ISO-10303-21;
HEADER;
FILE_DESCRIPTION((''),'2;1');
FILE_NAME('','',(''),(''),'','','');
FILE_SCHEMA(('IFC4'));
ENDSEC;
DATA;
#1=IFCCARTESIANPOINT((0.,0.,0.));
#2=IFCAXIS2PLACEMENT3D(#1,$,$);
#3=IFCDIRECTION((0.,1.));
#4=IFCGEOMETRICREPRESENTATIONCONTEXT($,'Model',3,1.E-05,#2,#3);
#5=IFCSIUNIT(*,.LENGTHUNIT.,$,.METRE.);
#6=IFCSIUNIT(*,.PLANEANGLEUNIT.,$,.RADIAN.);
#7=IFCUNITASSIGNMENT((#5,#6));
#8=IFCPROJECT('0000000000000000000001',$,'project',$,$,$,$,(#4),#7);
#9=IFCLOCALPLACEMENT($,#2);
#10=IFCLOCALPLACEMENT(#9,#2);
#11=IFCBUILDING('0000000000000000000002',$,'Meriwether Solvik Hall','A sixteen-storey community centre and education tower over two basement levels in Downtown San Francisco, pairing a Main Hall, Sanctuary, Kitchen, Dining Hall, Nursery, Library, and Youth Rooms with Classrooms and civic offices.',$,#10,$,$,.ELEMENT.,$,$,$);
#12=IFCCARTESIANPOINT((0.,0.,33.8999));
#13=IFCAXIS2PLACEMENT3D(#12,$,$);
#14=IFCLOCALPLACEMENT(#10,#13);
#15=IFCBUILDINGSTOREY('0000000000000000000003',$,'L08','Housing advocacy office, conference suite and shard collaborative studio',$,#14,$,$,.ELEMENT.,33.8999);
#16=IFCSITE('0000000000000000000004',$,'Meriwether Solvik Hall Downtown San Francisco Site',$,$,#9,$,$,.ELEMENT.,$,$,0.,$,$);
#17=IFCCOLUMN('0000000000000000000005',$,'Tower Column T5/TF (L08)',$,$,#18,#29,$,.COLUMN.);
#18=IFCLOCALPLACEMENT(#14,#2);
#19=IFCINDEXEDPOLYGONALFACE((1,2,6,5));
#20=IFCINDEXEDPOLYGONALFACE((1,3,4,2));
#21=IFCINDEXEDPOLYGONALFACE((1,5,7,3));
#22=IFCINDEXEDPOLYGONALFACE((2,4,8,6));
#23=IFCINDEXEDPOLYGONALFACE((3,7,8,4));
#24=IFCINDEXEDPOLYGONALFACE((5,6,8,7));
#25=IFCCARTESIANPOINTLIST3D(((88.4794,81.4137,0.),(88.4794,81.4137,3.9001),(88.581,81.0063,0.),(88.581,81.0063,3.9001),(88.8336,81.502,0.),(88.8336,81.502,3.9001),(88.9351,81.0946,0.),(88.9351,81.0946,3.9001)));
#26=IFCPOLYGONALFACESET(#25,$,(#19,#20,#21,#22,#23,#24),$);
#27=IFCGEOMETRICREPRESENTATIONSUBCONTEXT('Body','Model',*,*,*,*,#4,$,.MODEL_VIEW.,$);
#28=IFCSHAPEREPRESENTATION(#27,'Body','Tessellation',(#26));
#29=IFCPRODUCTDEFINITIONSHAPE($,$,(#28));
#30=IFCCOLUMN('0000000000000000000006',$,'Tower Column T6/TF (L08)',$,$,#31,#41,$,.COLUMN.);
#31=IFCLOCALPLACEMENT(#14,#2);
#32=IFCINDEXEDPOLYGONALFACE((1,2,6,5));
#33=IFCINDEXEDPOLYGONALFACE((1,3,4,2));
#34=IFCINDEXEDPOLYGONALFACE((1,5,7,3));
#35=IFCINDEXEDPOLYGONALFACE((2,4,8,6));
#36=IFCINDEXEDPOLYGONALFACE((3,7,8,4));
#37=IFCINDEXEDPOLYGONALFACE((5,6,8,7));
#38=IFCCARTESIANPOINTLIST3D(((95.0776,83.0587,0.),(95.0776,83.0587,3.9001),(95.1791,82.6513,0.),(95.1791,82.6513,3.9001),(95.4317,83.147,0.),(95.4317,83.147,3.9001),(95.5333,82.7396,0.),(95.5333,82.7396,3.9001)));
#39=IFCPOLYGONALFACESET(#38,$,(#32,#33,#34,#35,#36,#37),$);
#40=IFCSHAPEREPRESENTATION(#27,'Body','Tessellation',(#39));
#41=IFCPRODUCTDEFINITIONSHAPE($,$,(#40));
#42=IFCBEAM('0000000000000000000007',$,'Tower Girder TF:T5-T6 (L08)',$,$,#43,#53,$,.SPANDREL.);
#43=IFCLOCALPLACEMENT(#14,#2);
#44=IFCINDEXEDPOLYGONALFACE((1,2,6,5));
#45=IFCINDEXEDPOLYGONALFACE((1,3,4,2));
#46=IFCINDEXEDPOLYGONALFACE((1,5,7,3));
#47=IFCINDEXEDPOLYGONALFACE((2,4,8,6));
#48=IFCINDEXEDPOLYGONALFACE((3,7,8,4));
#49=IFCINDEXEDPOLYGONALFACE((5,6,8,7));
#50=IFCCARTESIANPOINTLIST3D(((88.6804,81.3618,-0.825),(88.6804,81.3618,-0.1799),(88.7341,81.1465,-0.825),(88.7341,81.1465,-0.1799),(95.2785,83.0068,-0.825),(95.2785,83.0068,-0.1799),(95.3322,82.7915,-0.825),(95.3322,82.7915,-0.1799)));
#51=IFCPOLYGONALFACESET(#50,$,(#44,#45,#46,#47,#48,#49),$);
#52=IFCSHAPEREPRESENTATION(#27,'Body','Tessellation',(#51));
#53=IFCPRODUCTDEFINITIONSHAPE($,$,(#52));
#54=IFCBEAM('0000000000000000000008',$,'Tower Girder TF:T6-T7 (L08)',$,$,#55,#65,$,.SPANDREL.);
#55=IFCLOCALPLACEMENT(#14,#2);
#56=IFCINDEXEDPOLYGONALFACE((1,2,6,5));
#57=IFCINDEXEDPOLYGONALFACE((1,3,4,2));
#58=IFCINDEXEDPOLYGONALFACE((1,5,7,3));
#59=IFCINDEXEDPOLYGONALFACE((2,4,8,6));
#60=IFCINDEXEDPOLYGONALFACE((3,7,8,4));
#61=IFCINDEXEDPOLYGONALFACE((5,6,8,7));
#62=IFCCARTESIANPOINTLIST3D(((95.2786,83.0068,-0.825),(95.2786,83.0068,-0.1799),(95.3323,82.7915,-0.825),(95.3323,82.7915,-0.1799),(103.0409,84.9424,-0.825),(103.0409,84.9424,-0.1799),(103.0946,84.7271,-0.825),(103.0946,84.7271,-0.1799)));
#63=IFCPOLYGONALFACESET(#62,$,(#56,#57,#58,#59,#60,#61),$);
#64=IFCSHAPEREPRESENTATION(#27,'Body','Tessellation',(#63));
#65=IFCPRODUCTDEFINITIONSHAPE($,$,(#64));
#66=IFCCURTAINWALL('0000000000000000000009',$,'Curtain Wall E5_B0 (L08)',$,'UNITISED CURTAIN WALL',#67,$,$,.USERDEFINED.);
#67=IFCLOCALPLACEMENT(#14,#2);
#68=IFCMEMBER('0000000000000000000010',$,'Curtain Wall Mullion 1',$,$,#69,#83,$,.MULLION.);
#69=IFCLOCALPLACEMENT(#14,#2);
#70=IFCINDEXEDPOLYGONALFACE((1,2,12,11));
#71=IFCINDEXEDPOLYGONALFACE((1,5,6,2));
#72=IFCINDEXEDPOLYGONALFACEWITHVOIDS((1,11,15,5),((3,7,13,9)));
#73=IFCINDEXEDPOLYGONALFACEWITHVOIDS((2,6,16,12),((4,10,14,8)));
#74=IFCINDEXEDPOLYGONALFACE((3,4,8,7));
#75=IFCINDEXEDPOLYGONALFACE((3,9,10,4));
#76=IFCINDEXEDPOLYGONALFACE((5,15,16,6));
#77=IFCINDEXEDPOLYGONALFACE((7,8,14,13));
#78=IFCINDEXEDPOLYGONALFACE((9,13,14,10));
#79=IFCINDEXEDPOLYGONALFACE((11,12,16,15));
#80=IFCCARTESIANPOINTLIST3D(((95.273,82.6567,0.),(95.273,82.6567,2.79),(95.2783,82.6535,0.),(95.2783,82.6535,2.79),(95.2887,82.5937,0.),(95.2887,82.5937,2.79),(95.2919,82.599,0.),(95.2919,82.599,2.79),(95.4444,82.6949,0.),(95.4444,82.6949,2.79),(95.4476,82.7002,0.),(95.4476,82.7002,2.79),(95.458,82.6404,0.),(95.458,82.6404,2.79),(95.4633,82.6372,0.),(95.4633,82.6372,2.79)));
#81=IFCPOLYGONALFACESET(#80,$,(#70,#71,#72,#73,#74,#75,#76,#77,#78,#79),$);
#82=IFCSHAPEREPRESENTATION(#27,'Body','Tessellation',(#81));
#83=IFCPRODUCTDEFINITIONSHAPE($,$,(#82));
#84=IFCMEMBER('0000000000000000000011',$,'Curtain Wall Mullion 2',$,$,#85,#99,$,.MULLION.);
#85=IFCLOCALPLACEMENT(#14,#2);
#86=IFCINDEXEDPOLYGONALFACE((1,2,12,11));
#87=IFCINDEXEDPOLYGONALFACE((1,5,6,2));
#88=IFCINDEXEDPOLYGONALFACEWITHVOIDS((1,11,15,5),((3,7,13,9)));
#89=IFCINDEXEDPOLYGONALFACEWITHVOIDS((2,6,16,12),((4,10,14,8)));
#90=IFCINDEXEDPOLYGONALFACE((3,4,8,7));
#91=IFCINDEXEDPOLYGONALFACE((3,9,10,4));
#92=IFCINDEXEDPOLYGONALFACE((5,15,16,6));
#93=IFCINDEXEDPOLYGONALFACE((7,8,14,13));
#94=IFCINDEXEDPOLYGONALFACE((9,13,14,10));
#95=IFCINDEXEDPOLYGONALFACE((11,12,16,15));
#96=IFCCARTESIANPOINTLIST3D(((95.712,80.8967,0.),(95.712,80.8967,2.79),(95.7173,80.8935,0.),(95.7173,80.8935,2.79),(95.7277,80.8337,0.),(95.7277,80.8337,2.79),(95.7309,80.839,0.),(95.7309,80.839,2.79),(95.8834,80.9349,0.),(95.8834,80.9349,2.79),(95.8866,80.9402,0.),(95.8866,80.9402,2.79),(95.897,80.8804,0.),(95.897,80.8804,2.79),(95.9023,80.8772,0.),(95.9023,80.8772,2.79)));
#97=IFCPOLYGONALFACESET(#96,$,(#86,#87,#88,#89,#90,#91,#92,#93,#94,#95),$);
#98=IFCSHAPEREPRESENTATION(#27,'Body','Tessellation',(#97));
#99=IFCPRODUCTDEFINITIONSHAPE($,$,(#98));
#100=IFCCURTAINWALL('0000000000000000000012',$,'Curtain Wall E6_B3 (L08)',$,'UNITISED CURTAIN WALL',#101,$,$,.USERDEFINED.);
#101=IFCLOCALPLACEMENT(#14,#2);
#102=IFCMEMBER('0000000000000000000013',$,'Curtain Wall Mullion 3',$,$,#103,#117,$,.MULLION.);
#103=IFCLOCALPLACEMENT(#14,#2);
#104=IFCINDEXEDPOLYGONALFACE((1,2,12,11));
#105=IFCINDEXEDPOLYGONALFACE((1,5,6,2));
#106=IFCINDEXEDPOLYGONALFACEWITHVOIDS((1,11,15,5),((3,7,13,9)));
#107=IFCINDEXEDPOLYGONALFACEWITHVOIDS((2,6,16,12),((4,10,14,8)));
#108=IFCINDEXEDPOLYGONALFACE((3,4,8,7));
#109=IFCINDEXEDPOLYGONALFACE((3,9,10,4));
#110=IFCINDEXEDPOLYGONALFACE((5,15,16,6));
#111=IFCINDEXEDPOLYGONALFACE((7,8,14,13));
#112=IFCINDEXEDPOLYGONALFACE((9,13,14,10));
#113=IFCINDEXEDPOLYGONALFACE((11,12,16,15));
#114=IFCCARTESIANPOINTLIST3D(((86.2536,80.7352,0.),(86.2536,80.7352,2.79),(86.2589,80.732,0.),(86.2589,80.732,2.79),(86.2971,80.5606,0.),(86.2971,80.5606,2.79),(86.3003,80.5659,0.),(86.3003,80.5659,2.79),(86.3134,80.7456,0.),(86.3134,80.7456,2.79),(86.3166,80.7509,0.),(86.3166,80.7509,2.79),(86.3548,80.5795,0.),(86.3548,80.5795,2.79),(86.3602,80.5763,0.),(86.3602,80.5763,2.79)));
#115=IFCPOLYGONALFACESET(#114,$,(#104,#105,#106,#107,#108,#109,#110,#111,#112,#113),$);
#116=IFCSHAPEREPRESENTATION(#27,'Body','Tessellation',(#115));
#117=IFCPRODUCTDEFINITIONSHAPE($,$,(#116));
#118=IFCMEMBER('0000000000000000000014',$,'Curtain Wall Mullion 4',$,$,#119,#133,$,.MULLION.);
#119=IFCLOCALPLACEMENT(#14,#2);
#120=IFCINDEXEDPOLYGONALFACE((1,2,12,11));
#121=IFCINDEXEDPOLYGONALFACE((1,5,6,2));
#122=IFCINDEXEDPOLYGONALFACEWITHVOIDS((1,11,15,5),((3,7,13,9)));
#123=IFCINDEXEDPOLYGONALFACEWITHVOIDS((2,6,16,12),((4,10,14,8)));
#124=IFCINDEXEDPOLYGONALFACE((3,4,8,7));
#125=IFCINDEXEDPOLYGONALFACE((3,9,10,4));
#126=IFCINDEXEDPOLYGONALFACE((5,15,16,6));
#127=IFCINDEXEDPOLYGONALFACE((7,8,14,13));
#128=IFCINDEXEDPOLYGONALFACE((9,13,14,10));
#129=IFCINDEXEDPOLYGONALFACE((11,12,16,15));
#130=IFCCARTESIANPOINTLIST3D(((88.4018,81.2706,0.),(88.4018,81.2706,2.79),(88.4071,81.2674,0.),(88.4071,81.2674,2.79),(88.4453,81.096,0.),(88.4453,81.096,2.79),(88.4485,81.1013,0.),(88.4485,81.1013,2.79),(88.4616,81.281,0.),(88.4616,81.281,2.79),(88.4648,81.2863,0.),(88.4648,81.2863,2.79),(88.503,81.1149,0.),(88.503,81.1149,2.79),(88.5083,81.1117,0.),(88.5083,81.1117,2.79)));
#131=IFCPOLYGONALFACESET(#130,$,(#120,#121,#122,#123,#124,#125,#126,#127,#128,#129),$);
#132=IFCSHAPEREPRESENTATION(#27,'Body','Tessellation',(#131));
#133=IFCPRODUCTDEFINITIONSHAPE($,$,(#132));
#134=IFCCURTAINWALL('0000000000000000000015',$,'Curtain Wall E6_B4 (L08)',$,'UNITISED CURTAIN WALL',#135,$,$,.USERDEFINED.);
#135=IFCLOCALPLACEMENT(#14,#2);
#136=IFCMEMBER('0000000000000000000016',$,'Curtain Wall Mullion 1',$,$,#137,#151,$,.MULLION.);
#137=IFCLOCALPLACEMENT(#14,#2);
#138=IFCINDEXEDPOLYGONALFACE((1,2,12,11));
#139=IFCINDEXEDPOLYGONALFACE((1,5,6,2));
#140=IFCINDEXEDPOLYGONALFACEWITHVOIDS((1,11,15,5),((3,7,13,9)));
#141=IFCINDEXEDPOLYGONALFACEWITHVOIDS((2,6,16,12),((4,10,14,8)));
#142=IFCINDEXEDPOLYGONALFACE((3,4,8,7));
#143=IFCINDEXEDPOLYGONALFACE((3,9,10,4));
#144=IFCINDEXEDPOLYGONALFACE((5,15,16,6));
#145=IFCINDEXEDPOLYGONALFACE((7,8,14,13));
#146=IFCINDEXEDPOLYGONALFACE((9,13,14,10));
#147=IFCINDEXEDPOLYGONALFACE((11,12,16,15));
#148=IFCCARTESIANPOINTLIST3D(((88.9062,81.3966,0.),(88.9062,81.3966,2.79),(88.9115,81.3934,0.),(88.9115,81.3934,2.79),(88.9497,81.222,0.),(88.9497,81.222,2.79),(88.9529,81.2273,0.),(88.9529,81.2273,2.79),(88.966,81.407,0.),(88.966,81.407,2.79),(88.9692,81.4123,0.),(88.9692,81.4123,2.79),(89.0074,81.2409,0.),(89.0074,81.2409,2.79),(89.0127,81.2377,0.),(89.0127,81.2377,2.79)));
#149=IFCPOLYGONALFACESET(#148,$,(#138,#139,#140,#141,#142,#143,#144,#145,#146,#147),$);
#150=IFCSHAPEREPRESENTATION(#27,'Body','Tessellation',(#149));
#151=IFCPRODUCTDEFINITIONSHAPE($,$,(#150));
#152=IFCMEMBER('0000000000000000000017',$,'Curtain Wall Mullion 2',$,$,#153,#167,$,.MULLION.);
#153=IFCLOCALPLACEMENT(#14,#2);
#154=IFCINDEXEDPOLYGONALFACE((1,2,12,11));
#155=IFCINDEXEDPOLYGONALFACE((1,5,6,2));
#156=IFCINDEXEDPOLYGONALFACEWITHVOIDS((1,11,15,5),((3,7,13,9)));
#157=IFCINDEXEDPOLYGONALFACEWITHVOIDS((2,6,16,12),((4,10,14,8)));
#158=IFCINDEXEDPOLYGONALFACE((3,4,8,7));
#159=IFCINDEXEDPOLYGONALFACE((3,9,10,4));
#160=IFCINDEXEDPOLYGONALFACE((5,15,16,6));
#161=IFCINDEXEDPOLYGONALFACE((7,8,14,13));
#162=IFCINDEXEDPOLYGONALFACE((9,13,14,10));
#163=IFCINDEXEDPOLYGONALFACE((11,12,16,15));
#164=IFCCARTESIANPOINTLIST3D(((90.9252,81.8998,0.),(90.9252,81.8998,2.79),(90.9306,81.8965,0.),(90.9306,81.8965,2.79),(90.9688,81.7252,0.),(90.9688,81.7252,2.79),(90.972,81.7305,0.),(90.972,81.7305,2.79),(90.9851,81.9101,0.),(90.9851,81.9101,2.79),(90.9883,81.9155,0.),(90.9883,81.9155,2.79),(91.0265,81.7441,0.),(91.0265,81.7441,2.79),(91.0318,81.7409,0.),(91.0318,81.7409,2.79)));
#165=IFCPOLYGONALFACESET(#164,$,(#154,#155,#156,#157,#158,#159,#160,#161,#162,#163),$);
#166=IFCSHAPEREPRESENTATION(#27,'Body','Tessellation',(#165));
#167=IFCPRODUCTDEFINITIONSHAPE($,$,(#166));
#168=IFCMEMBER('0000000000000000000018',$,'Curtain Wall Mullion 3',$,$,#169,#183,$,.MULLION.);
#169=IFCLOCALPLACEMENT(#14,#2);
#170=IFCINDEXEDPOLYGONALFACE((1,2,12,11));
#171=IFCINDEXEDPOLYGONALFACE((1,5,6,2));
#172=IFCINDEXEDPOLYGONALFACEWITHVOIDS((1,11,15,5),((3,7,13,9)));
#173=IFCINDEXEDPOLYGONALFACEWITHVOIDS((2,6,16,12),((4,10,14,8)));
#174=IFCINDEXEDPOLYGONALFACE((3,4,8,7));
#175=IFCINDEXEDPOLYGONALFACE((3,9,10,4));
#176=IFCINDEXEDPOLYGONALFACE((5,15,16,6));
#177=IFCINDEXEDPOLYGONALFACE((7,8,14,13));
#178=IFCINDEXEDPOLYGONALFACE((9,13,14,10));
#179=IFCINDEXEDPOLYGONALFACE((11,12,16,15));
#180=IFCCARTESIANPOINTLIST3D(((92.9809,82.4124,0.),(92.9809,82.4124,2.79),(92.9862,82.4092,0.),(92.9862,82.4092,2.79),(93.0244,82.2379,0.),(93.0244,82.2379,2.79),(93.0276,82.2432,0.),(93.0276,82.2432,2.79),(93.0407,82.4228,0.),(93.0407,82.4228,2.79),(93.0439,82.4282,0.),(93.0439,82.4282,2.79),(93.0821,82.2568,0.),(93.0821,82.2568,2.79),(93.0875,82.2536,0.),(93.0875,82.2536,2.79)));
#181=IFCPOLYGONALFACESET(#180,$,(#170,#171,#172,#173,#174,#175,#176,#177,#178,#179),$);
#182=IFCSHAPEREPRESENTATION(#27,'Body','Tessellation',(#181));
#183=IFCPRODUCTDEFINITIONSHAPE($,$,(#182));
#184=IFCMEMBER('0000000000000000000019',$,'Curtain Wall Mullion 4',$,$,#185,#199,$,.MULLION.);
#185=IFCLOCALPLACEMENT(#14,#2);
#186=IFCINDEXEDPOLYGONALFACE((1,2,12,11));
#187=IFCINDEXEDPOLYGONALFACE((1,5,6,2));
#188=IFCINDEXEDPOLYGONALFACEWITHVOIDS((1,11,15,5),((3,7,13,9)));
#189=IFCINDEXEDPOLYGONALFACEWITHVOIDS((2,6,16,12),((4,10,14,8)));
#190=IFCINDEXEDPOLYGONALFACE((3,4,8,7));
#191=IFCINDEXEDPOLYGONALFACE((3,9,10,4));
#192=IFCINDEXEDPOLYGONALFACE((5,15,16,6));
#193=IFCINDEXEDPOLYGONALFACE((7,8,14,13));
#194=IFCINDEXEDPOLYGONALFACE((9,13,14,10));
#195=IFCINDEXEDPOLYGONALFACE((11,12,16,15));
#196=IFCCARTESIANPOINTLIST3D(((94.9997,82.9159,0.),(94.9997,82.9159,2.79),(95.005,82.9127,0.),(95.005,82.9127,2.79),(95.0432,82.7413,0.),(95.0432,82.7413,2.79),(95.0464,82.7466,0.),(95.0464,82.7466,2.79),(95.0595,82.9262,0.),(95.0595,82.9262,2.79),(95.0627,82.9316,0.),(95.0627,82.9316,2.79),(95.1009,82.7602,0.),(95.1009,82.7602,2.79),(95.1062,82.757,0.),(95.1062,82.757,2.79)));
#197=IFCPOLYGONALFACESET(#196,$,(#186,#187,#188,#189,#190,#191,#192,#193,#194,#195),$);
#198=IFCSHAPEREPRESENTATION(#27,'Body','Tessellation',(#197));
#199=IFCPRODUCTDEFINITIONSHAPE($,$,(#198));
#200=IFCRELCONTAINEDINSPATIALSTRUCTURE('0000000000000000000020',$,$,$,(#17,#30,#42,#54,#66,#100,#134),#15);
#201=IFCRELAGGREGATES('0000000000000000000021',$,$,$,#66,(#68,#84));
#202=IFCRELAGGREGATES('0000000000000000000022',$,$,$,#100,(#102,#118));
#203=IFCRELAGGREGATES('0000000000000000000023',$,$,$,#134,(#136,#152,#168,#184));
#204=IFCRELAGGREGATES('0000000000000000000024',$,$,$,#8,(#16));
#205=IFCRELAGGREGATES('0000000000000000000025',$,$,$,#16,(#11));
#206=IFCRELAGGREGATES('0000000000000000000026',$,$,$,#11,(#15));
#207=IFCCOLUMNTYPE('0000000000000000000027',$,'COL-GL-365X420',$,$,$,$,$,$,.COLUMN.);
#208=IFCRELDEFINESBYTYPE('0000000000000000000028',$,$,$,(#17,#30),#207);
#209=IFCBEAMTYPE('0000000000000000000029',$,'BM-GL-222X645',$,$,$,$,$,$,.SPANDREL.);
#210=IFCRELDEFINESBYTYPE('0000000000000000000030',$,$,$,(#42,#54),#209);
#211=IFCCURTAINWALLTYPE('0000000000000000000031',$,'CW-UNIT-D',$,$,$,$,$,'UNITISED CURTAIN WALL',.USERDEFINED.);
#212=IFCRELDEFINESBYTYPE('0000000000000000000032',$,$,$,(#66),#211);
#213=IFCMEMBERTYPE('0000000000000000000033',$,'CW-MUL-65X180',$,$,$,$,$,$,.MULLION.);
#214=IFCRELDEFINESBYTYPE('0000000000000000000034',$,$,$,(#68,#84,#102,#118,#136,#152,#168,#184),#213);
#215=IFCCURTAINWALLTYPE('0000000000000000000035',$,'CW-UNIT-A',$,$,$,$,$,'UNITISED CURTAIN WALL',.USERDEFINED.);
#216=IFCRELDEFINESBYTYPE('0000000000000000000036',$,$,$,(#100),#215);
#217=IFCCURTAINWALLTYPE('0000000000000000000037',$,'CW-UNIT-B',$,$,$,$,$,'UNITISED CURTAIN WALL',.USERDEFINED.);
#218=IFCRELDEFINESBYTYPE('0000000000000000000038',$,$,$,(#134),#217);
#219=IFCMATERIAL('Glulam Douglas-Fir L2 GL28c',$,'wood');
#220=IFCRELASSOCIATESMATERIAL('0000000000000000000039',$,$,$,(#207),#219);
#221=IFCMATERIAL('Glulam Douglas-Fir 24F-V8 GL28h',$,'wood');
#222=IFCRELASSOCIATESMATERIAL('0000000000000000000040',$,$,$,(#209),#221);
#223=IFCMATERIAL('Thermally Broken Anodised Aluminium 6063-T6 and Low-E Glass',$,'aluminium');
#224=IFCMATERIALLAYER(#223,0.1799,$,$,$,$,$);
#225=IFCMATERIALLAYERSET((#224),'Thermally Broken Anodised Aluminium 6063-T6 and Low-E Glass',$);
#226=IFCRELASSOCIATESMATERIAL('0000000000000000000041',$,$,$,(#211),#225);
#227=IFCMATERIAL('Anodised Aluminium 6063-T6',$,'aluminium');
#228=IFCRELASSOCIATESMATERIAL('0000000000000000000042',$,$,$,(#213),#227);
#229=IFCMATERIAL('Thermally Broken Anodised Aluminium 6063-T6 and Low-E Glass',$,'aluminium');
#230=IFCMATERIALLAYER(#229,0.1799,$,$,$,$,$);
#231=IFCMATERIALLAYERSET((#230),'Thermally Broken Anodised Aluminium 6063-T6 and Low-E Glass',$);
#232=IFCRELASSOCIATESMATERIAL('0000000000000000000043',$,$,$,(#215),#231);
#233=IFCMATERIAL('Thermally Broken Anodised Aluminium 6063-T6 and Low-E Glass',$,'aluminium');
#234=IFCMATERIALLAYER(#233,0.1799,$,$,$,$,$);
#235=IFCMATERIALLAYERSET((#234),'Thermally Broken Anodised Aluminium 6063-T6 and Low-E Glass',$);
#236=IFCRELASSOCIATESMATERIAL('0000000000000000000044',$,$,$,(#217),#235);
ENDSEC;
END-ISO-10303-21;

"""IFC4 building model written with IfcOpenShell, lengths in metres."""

from ifc_helpers import new_model, si_unit, direction, frame, origin, origin_2d, place, context, subcontext, project, spatial, rectangle, hollow_rectangle, extrude, material, layer, layer_set, material_profile, profile_set, type_object, element, aggregate, save


model = new_model("IFC4")

# Units and contexts
model_context = context("Model", 3, precision=1e-05, world=origin(), true_north=direction((0.0, 1.0)))
body_context = subcontext(model_context, "Body", "Model", "MODEL_VIEW")
ifc_project = project(units=[si_unit("LENGTHUNIT", "METRE"), si_unit("PLANEANGLEUNIT", "RADIAN")], contexts=[model_context])

# Site, building, storey
site_placement = place(None, origin())
site = spatial("IfcSite", under=ifc_project, at=site_placement, Name="Meriwether Solvik Hall Downtown San Francisco Site", CompositionType="ELEMENT", RefElevation=0.0)
building_placement = place(site_placement, origin())
building = spatial("IfcBuilding", under=site, at=building_placement, Name="Meriwether Solvik Hall", Description="A sixteen-storey community centre and education tower over two basement levels in Downtown San Francisco, pairing a Main Hall, Sanctuary, Kitchen, Dining Hall, Nursery, Library, and Youth Rooms with Classrooms and civic offices.", CompositionType="ELEMENT")
storey_placement = place(building_placement, frame((0.0, 0.0, 33.8999)))
storey = spatial("IfcBuildingStorey", under=building, at=storey_placement, Name="L08", Description="Housing advocacy office, conference suite and shard collaborative studio", CompositionType="ELEMENT", Elevation=33.8999)

# Columns
ifc_material_1 = material(Name="Glulam Douglas-Fir L2 GL28c", Category="wood")
ifc_material_profile_1 = material_profile(ifc_material_1, rectangle(XDim=0.365, YDim=0.4199, at=origin_2d()), Name="GLC-365X420")
ifc_profile_set_1 = profile_set([ifc_material_profile_1], Name="Glulam Douglas-Fir L2 GL28c")
column_type = type_object("IfcColumnType", Name="COL-GL-365X420", PredefinedType="COLUMN", material=ifc_profile_set_1)
for number, where, z_axis, x_axis, name in (
    (1, (88.7073, 81.2542, 0.0), (0.0, 0.0, 1.0), (0.970296, 0.241922, 0.0), "Tower Column T5/TF (L08)"),
    (2, (95.3054, 82.8992, 0.0), (0.0, 0.0, 1.0), (0.970296, 0.241922, 0.0), "Tower Column T6/TF (L08)"),
):
    element("IfcColumn", number, at=place(storey_placement, frame(where, z_axis=z_axis, x_axis=x_axis)), inside=storey, type_object=column_type, Name=name, PredefinedType="COLUMN", context=body_context, shape_type="SweptSolid", body=[
        extrude(rectangle(XDim=0.365, YDim=0.4199, at=origin_2d()), origin(), (0.0, 0.0, 1.0), 3.9001),
    ])

# Beams
ifc_material_2 = material(Name="Glulam Douglas-Fir 24F-V8 GL28h", Category="wood")
ifc_material_profile_2 = material_profile(ifc_material_2, rectangle(XDim=0.2219, YDim=0.645, at=origin_2d()), Name="GLB-222X645")
ifc_profile_set_2 = profile_set([ifc_material_profile_2], Name="Glulam Douglas-Fir 24F-V8 GL28h")
beam_type = type_object("IfcBeamType", Name="BM-GL-222X645", PredefinedType="SPANDREL", material=ifc_profile_set_2)
beam_1_placement = place(storey_placement, frame((88.7073, 81.2542, -0.5024), z_axis=(0.970299, 0.24191, 0.0), x_axis=(-0.24191, 0.970299, 0.0)))
element("IfcBeam", 3, at=beam_1_placement, inside=storey, type_object=beam_type, Name="Tower Girder TF:T5-T6 (L08)", PredefinedType="SPANDREL", context=body_context, shape_type="SweptSolid", body=[
    extrude(rectangle(XDim=0.2219, YDim=0.645, at=origin_2d()), origin(), (0.0, 0.0, 1.0), 6.8),
])
beam_2_placement = place(storey_placement, frame((95.3054, 82.8992, -0.5024), z_axis=(0.97029, 0.241947, 0.0), x_axis=(-0.241947, 0.97029, 0.0)))
element("IfcBeam", 4, at=beam_2_placement, inside=storey, type_object=beam_type, Name="Tower Girder TF:T6-T7 (L08)", PredefinedType="SPANDREL", context=body_context, shape_type="SweptSolid", body=[
    extrude(rectangle(XDim=0.2219, YDim=0.645, at=origin_2d()), origin(), (0.0, 0.0, 1.0), 8.0),
])

# Curtain walls, members
ifc_material_3 = material(Name="Thermally Broken Anodised Aluminium 6063-T6 and Low-E Glass", Category="aluminium")
ifc_layer_1 = layer(ifc_material_3, 0.1799)
ifc_layer_set_1 = layer_set([ifc_layer_1], Name="Thermally Broken Anodised Aluminium 6063-T6 and Low-E Glass")
curtain_wall_type_1 = type_object("IfcCurtainWallType", Name="CW-UNIT-D", ElementType="UNITISED CURTAIN WALL", PredefinedType="USERDEFINED", material=ifc_layer_set_1)
curtain_wall_1_placement = place(storey_placement, origin())
curtain_wall_1 = element("IfcCurtainWall", 5, at=curtain_wall_1_placement, inside=storey, type_object=curtain_wall_type_1, Name="Curtain Wall E5_B0 (L08)", ObjectType="UNITISED CURTAIN WALL", PredefinedType="USERDEFINED")
ifc_material_4 = material(Name="Anodised Aluminium 6063-T6", Category="aluminium")
ifc_material_profile_3 = material_profile(ifc_material_4, hollow_rectangle(XDim=0.0649, YDim=0.1799, WallThickness=0.0044, at=origin_2d()), Name="CWM-65X180")
ifc_profile_set_3 = profile_set([ifc_material_profile_3], Name="Anodised Aluminium 6063-T6")
member_type_1 = type_object("IfcMemberType", Name="CW-MUL-65X180", PredefinedType="MULLION", material=ifc_profile_set_3)
member_1_placement = place(storey_placement, frame((95.3682, 82.647, 0.0), z_axis=(0.0, 0.0, 1.0), x_axis=(0.241922, -0.970296, 0.0)))
member_1 = element("IfcMember", 6, at=member_1_placement, type_object=member_type_1, Name="Curtain Wall Mullion 1", PredefinedType="MULLION", context=body_context, shape_type="SweptSolid", body=[
    extrude(hollow_rectangle(XDim=0.0649, YDim=0.1799, WallThickness=0.0044, at=origin_2d()), origin(), (0.0, 0.0, 1.0), 2.79),
])
member_2_placement = place(storey_placement, frame((95.8071, 80.887, 0.0), z_axis=(0.0, 0.0, 1.0), x_axis=(0.241922, -0.970296, 0.0)))
member_2 = element("IfcMember", 7, at=member_2_placement, type_object=member_type_1, Name="Curtain Wall Mullion 2", PredefinedType="MULLION", context=body_context, shape_type="SweptSolid", body=[
    extrude(hollow_rectangle(XDim=0.0649, YDim=0.1799, WallThickness=0.0044, at=origin_2d()), origin(), (0.0, 0.0, 1.0), 2.79),
])
ifc_material_5 = material(Name="Thermally Broken Anodised Aluminium 6063-T6 and Low-E Glass", Category="aluminium")
ifc_layer_2 = layer(ifc_material_5, 0.1799)
ifc_layer_set_2 = layer_set([ifc_layer_2], Name="Thermally Broken Anodised Aluminium 6063-T6 and Low-E Glass")
curtain_wall_type_2 = type_object("IfcCurtainWallType", Name="CW-UNIT-A", ElementType="UNITISED CURTAIN WALL", PredefinedType="USERDEFINED", material=ifc_layer_set_2)
curtain_wall_2_placement = place(storey_placement, origin())
curtain_wall_2 = element("IfcCurtainWall", 8, at=curtain_wall_2_placement, inside=storey, type_object=curtain_wall_type_2, Name="Curtain Wall E6_B3 (L08)", ObjectType="UNITISED CURTAIN WALL", PredefinedType="USERDEFINED")
member_3_placement = place(storey_placement, frame((86.3069, 80.6558, 0.0), z_axis=(0.0, 0.0, 1.0), x_axis=(0.970296, 0.241922, 0.0)))
member_3 = element("IfcMember", 9, at=member_3_placement, type_object=member_type_1, Name="Curtain Wall Mullion 3", PredefinedType="MULLION", context=body_context, shape_type="SweptSolid", body=[
    extrude(hollow_rectangle(XDim=0.0649, YDim=0.1799, WallThickness=0.0044, at=origin_2d()), origin(), (0.0, 0.0, 1.0), 2.79),
])
member_4_placement = place(storey_placement, frame((88.4551, 81.1912, 0.0), z_axis=(0.0, 0.0, 1.0), x_axis=(0.970296, 0.241922, 0.0)))
member_4 = element("IfcMember", 10, at=member_4_placement, type_object=member_type_1, Name="Curtain Wall Mullion 4", PredefinedType="MULLION", context=body_context, shape_type="SweptSolid", body=[
    extrude(hollow_rectangle(XDim=0.0649, YDim=0.1799, WallThickness=0.0044, at=origin_2d()), origin(), (0.0, 0.0, 1.0), 2.79),
])
ifc_material_6 = material(Name="Thermally Broken Anodised Aluminium 6063-T6 and Low-E Glass", Category="aluminium")
ifc_layer_3 = layer(ifc_material_6, 0.1799)
ifc_layer_set_3 = layer_set([ifc_layer_3], Name="Thermally Broken Anodised Aluminium 6063-T6 and Low-E Glass")
curtain_wall_type_3 = type_object("IfcCurtainWallType", Name="CW-UNIT-B", ElementType="UNITISED CURTAIN WALL", PredefinedType="USERDEFINED", material=ifc_layer_set_3)
curtain_wall_3_placement = place(storey_placement, origin())
curtain_wall_3 = element("IfcCurtainWall", 11, at=curtain_wall_3_placement, inside=storey, type_object=curtain_wall_type_3, Name="Curtain Wall E6_B4 (L08)", ObjectType="UNITISED CURTAIN WALL", PredefinedType="USERDEFINED")
member_5_placement = place(storey_placement, frame((88.9595, 81.3171, 0.0), z_axis=(0.0, 0.0, 1.0), x_axis=(0.970296, 0.241922, 0.0)))
member_5 = element("IfcMember", 12, at=member_5_placement, type_object=member_type_1, Name="Curtain Wall Mullion 1", PredefinedType="MULLION", context=body_context, shape_type="SweptSolid", body=[
    extrude(hollow_rectangle(XDim=0.0649, YDim=0.1799, WallThickness=0.0044, at=origin_2d()), origin(), (0.0, 0.0, 1.0), 2.79),
])
member_6_placement = place(storey_placement, frame((90.9785, 81.8203, 0.0), z_axis=(0.0, 0.0, 1.0), x_axis=(0.970296, 0.241922, 0.0)))
member_6 = element("IfcMember", 13, at=member_6_placement, type_object=member_type_1, Name="Curtain Wall Mullion 2", PredefinedType="MULLION", context=body_context, shape_type="SweptSolid", body=[
    extrude(hollow_rectangle(XDim=0.0649, YDim=0.1799, WallThickness=0.0044, at=origin_2d()), origin(), (0.0, 0.0, 1.0), 2.79),
])
member_7_placement = place(storey_placement, frame((93.0342, 82.333, 0.0), z_axis=(0.0, 0.0, 1.0), x_axis=(0.970296, 0.241922, 0.0)))
member_7 = element("IfcMember", 14, at=member_7_placement, type_object=member_type_1, Name="Curtain Wall Mullion 3", PredefinedType="MULLION", context=body_context, shape_type="SweptSolid", body=[
    extrude(hollow_rectangle(XDim=0.0649, YDim=0.1799, WallThickness=0.0044, at=origin_2d()), origin(), (0.0, 0.0, 1.0), 2.79),
])
member_8_placement = place(storey_placement, frame((95.053, 82.8364, 0.0), z_axis=(0.0, 0.0, 1.0), x_axis=(0.970296, 0.241922, 0.0)))
member_8 = element("IfcMember", 15, at=member_8_placement, type_object=member_type_1, Name="Curtain Wall Mullion 4", PredefinedType="MULLION", context=body_context, shape_type="SweptSolid", body=[
    extrude(hollow_rectangle(XDim=0.0649, YDim=0.1799, WallThickness=0.0044, at=origin_2d()), origin(), (0.0, 0.0, 1.0), 2.79),
])

aggregate(curtain_wall_1, [member_1, member_2])
aggregate(curtain_wall_2, [member_3, member_4])
aggregate(curtain_wall_3, [member_5, member_6, member_7, member_8])

save(model, "model.ifc")
